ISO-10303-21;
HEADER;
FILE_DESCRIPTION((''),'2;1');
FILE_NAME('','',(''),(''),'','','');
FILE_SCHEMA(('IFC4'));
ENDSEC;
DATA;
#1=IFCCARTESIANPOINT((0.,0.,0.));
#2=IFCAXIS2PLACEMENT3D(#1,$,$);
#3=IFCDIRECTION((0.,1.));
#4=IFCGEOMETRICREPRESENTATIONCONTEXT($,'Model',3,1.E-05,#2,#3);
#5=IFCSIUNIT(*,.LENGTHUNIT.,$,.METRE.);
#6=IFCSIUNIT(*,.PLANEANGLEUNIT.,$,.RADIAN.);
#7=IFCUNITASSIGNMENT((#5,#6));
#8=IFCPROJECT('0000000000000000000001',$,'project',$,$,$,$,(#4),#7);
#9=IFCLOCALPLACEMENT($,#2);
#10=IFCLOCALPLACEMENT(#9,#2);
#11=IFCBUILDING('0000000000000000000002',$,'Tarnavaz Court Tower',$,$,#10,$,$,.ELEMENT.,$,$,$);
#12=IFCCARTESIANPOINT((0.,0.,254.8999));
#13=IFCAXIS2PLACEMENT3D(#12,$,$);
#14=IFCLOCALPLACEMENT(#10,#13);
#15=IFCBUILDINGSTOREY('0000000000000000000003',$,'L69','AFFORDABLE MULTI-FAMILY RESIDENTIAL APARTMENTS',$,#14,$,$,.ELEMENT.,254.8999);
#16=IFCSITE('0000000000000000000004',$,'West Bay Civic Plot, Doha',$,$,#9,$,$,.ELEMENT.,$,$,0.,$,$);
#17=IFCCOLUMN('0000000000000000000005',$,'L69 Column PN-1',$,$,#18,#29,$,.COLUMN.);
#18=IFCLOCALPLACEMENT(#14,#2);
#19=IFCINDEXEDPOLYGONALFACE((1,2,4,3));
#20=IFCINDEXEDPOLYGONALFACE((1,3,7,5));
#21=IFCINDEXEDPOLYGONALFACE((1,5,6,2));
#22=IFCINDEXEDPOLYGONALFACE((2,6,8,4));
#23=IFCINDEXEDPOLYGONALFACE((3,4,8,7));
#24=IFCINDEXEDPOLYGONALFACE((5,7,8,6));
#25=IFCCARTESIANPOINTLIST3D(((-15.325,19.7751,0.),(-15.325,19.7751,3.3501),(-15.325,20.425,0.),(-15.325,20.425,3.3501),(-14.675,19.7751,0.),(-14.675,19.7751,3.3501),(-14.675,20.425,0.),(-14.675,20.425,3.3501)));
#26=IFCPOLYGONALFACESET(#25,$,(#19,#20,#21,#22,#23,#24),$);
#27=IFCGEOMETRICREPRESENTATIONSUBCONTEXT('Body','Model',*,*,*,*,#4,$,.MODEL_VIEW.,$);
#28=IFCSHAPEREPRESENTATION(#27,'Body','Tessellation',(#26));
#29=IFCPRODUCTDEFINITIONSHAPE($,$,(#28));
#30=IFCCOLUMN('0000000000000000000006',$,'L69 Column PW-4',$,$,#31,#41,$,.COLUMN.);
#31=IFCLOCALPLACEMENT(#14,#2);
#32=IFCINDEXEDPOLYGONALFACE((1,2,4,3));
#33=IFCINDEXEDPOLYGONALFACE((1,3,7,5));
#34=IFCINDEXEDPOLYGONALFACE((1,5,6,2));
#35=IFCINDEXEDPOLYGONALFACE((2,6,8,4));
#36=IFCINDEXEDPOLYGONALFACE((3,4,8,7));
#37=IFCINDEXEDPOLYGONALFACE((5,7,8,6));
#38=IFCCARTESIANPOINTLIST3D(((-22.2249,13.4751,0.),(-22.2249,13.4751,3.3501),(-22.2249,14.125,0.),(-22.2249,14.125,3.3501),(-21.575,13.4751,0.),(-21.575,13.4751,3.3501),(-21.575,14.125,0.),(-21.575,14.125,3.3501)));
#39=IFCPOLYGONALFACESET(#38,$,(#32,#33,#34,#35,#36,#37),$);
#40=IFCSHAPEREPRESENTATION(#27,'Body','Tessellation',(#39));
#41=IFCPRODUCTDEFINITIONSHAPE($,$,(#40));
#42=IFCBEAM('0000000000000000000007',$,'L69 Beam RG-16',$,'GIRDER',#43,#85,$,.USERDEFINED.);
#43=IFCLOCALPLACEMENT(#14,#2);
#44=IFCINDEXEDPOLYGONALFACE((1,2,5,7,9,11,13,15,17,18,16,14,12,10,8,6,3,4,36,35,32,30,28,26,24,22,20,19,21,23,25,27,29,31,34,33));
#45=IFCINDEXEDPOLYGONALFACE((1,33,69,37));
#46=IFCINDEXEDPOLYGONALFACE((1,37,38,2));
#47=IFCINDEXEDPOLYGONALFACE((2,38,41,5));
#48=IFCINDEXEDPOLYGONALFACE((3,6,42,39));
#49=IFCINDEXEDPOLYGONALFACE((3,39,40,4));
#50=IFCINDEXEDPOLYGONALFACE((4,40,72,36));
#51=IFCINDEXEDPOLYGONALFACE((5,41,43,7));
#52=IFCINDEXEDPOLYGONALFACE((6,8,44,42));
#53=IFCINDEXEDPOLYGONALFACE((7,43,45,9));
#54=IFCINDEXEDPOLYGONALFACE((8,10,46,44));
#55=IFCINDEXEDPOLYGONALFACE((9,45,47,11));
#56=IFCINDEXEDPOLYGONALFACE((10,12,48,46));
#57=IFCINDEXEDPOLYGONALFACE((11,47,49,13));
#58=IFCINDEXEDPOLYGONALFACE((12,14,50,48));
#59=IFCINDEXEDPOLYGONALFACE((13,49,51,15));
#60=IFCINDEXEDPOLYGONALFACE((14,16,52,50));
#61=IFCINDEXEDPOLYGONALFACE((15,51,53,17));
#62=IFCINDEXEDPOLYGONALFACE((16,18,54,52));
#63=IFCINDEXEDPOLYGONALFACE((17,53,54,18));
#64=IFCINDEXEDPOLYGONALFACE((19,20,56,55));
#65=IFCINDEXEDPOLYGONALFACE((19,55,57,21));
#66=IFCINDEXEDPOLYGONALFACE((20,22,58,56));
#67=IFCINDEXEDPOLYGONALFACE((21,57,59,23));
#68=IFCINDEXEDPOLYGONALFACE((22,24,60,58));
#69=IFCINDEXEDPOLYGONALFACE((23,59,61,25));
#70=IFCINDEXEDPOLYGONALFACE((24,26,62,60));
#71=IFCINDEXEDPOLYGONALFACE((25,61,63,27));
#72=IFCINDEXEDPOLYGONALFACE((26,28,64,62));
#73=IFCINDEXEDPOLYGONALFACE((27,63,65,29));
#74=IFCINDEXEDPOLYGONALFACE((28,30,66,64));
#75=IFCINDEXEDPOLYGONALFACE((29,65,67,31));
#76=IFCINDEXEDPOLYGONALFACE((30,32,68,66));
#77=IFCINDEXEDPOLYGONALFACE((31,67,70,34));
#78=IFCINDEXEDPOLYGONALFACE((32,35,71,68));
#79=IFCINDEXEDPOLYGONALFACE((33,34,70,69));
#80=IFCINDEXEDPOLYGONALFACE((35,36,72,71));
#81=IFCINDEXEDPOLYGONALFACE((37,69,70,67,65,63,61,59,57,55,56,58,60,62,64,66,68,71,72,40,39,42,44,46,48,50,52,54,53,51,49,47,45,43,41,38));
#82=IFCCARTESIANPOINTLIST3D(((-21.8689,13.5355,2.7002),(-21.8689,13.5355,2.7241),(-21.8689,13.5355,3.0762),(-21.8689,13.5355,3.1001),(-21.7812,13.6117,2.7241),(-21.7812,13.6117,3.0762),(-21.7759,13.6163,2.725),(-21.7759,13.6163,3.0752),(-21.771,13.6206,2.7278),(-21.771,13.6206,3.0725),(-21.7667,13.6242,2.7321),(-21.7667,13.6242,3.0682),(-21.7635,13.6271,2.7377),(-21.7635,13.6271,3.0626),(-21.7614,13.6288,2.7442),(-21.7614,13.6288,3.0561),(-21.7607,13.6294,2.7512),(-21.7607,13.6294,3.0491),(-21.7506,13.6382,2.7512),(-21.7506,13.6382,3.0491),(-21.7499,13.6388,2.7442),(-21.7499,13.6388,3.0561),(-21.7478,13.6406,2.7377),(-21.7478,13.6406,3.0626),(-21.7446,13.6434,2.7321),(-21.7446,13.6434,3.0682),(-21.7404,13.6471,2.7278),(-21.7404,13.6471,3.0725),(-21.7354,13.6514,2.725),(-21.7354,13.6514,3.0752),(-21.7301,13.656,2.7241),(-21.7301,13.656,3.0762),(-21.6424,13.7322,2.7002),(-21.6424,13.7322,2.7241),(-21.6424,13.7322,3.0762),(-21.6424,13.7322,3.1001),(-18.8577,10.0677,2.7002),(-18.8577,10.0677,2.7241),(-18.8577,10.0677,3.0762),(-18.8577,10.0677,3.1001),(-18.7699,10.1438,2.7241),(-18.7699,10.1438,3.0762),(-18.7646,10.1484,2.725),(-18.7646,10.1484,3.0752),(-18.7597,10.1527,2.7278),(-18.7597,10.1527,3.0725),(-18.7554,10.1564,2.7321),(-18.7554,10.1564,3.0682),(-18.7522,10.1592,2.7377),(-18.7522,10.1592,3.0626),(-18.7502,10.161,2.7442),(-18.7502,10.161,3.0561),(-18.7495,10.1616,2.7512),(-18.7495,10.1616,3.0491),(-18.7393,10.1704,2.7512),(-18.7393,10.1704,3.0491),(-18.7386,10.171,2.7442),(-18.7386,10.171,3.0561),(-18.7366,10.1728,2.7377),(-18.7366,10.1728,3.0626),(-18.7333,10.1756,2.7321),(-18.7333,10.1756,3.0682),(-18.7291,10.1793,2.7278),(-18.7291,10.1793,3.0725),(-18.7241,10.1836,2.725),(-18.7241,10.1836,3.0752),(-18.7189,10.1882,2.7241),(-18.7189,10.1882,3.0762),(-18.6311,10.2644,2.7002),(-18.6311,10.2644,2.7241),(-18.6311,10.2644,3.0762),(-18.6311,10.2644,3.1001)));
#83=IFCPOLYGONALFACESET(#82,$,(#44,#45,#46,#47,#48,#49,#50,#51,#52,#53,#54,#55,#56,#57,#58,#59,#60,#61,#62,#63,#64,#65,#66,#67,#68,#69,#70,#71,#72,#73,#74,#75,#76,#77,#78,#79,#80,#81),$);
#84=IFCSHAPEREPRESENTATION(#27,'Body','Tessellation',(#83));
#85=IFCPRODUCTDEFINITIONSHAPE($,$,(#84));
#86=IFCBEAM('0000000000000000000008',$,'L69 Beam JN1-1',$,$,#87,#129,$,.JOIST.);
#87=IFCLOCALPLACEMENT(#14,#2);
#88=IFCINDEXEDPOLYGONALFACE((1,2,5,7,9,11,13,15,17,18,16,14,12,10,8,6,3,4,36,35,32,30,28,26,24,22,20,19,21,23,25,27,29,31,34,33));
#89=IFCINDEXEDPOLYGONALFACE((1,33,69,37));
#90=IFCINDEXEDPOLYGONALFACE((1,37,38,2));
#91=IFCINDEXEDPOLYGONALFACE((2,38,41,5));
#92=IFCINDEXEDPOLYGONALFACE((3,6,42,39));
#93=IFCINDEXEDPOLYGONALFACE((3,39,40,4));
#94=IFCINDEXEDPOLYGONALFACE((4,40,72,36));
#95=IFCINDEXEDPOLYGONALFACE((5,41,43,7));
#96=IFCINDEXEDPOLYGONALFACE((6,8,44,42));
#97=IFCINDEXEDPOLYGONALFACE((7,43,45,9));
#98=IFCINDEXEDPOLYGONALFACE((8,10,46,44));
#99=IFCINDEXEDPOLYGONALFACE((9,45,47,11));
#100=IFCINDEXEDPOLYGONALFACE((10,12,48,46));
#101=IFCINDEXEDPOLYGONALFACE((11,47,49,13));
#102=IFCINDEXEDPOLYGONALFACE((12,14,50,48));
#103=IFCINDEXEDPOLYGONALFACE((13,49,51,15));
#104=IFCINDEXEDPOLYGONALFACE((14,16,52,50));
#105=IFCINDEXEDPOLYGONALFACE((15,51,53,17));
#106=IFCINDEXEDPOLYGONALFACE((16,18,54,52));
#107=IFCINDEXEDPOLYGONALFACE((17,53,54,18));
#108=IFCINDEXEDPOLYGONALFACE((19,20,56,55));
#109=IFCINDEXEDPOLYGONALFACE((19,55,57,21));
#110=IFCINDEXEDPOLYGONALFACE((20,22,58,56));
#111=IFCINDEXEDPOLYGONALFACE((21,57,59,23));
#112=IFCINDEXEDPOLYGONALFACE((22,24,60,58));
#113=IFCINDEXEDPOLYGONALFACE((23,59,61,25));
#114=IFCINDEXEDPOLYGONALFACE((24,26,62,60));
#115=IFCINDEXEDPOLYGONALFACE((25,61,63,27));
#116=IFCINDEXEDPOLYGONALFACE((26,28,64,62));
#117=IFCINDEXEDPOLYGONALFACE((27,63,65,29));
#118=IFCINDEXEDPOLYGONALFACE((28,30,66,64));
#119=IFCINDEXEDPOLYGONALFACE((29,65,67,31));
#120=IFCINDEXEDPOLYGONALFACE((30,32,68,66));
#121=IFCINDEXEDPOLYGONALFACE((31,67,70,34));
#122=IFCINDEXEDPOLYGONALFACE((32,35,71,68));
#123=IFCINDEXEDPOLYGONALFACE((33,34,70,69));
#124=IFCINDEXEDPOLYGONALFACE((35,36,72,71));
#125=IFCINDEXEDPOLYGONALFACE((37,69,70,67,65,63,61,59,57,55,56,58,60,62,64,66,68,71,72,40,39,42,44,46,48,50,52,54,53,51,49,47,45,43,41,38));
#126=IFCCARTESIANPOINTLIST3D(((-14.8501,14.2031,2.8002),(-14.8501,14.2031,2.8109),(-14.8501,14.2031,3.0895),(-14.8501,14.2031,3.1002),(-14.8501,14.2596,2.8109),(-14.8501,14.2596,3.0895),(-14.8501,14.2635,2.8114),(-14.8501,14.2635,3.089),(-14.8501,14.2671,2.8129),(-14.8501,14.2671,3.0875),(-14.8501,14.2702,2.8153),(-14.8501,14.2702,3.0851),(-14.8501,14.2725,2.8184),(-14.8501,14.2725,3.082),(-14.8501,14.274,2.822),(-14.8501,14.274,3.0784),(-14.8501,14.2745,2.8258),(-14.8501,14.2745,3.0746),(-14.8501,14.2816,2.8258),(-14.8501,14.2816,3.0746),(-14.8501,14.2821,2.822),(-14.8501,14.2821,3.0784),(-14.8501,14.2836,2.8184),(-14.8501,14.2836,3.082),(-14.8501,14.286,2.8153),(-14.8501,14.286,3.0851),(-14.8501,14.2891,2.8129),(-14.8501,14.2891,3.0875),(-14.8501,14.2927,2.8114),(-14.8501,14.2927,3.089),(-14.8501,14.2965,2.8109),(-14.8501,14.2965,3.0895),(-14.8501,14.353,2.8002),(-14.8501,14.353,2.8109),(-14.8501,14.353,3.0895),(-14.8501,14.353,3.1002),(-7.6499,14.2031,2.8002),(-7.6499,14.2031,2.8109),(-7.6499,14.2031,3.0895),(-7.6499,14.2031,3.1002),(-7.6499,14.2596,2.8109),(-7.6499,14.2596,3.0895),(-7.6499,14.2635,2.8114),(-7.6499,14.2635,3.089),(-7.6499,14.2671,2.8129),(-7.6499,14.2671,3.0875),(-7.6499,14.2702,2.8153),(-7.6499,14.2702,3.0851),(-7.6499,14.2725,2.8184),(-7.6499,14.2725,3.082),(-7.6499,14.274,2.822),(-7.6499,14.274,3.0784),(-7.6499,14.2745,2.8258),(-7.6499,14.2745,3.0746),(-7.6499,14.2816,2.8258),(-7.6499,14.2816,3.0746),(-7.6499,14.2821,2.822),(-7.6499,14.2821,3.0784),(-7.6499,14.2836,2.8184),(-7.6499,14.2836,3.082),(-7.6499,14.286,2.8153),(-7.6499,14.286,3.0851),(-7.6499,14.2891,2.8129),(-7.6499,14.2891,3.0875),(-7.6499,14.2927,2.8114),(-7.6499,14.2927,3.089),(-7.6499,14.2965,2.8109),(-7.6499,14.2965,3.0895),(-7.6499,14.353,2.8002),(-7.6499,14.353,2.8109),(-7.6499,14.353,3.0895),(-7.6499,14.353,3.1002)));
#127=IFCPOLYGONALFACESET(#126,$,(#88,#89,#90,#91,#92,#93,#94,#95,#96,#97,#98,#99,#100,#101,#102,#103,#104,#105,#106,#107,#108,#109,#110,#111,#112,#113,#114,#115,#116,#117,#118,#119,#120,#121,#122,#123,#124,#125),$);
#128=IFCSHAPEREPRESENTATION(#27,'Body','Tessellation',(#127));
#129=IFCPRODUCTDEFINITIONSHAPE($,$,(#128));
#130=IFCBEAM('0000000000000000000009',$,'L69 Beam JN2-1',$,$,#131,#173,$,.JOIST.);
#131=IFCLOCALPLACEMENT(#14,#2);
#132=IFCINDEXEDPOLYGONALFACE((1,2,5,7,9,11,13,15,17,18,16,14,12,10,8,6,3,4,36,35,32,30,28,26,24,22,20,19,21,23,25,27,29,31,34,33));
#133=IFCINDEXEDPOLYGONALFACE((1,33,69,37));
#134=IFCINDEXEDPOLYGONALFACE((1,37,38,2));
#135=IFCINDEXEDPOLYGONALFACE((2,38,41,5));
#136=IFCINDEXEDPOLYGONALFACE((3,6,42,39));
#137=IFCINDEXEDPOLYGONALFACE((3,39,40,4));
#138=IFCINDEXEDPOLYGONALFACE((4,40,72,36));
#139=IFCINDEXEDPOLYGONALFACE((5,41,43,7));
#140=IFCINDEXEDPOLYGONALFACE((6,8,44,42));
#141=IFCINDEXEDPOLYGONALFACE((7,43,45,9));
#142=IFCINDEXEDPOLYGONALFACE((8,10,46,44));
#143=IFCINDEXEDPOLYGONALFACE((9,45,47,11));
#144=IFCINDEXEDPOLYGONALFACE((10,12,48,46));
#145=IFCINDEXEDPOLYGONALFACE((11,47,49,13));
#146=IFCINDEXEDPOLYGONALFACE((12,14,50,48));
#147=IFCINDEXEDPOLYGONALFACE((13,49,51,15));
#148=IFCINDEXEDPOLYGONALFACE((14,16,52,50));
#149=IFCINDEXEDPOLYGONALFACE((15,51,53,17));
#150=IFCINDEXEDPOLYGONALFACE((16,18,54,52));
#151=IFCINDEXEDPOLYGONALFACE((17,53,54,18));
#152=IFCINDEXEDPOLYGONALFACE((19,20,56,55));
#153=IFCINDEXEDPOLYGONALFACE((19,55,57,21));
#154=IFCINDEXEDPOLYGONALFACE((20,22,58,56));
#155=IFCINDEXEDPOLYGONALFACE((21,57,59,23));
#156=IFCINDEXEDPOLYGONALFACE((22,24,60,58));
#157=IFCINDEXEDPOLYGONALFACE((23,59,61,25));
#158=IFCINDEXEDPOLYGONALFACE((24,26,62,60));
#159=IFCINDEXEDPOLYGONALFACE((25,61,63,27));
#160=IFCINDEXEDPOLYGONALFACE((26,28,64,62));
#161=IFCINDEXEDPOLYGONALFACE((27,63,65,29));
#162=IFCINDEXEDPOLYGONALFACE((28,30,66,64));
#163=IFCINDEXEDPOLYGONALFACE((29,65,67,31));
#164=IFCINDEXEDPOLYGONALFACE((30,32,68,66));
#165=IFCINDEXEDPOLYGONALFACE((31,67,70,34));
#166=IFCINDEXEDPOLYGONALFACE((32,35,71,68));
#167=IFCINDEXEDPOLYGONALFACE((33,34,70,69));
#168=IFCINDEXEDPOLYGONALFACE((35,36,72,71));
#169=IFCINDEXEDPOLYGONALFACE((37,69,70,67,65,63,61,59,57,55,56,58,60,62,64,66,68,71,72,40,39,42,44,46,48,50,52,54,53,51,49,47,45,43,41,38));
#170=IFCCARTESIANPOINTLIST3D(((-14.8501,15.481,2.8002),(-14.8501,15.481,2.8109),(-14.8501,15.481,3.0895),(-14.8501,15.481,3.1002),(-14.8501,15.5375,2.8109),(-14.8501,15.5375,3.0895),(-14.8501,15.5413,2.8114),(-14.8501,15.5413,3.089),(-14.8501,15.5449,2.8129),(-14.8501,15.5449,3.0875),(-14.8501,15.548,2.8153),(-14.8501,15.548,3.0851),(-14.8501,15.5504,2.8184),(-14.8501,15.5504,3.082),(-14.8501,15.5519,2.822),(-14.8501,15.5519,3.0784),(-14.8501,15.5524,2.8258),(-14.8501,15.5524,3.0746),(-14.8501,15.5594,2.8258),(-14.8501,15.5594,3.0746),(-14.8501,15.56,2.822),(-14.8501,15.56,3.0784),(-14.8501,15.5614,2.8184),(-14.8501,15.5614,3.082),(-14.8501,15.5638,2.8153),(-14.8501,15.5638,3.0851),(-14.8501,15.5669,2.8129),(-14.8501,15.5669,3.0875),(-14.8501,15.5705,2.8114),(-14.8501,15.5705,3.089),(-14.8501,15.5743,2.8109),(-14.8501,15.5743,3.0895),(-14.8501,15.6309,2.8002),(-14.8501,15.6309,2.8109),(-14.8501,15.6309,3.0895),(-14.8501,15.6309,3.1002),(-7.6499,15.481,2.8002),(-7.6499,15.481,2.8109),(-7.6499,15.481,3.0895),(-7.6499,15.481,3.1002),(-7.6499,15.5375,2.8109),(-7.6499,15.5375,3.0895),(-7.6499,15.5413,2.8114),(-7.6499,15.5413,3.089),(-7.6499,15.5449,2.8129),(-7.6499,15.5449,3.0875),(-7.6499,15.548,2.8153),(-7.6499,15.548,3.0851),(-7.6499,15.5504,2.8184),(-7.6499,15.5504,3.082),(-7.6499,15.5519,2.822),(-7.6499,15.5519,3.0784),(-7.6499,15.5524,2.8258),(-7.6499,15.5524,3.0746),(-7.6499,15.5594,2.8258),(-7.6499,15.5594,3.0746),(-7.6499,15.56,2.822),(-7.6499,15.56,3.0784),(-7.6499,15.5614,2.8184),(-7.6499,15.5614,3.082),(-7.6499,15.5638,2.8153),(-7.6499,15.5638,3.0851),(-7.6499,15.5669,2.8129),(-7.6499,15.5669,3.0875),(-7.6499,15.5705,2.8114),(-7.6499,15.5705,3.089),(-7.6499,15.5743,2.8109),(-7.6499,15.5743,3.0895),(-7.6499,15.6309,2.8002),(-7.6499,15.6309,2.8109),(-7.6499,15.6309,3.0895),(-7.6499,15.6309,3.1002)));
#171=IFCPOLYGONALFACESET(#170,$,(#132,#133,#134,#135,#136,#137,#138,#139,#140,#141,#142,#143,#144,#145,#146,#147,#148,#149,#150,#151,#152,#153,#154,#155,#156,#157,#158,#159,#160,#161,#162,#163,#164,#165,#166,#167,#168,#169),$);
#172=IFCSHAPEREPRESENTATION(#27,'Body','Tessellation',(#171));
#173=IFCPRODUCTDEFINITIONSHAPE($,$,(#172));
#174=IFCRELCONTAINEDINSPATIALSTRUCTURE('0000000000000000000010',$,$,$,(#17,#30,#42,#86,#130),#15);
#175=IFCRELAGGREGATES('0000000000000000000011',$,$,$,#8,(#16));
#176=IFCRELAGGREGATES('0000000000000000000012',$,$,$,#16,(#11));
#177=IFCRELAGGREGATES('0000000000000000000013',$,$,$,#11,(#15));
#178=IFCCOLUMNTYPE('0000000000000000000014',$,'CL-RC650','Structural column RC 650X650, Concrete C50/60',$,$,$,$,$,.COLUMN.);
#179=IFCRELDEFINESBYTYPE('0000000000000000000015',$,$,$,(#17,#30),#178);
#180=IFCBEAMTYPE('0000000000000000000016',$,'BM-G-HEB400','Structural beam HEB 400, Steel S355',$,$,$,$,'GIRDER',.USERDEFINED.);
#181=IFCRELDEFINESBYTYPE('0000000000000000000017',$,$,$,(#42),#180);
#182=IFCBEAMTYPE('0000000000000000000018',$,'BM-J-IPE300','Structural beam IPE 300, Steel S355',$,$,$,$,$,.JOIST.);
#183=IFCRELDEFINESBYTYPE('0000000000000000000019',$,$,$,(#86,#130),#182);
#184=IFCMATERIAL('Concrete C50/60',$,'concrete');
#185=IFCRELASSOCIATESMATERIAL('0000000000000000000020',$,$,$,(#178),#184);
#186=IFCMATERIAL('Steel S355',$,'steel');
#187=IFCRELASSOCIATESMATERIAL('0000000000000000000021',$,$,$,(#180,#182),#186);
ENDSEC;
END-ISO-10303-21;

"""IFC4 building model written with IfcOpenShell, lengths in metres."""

from ifc_helpers import new_model, si_unit, direction, frame, origin, origin_2d, place, context, subcontext, project, spatial, rectangle, i_section, extrude, material, material_profile, profile_set, type_object, element, save


model = new_model("IFC4")

# Units and contexts
model_context = context("Model", 3, precision=1e-05, world=origin(), true_north=direction((0.0, 1.0)))
body_context = subcontext(model_context, "Body", "Model", "MODEL_VIEW")
ifc_project = project(units=[si_unit("LENGTHUNIT", "METRE"), si_unit("PLANEANGLEUNIT", "RADIAN")], contexts=[model_context])

# Site, building, storey
site_placement = place(None, origin())
site = spatial("IfcSite", under=ifc_project, at=site_placement, Name="West Bay Civic Plot, Doha", CompositionType="ELEMENT", RefElevation=0.0)
building_placement = place(site_placement, origin())
building = spatial("IfcBuilding", under=site, at=building_placement, Name="Tarnavaz Court Tower", CompositionType="ELEMENT")
storey_placement = place(building_placement, frame((0.0, 0.0, 254.8999)))
storey = spatial("IfcBuildingStorey", under=building, at=storey_placement, Name="L69", Description="AFFORDABLE MULTI-FAMILY RESIDENTIAL APARTMENTS", CompositionType="ELEMENT", Elevation=254.8999)

# Columns
ifc_material_1 = material(Name="Concrete C50/60", Category="concrete")
ifc_material_profile_1 = material_profile(ifc_material_1, rectangle(XDim=0.6499, YDim=0.6499, at=origin_2d()), Name="RC 650X650")
ifc_profile_set_1 = profile_set([ifc_material_profile_1], Name="Concrete C50/60")
column_type = type_object("IfcColumnType", Name="CL-RC650", Description="Structural column RC 650X650, Concrete C50/60", PredefinedType="COLUMN", material=ifc_profile_set_1)
for number, where, z_axis, x_axis, name in (
    (1, (-15.0, 20.1001, 0.0), (0.0, 0.0, 1.0), (1.0, 0.0, 0.0), "L69 Column PN-1"),
    (2, (-21.8999, 13.8, 0.0), (0.0, 0.0, 1.0), (1.0, 0.0, 0.0), "L69 Column PW-4"),
):
    element("IfcColumn", number, at=place(storey_placement, frame(where, z_axis=z_axis, x_axis=x_axis)), inside=storey, type_object=column_type, Name=name, PredefinedType="COLUMN", context=body_context, shape_type="SweptSolid", body=[
        extrude(rectangle(XDim=0.6499, YDim=0.6499, at=origin_2d()), origin(), (0.0, 0.0, 1.0), 3.3501),
    ])

# Beams
ifc_material_2 = material(Name="Steel S355", Category="steel")
ifc_material_profile_2 = material_profile(ifc_material_2, i_section(OverallWidth=0.3, OverallDepth=0.3999, WebThickness=0.0134, FlangeThickness=0.0239, FilletRadius=0.0271, at=origin_2d()), Name="HEB 400")
ifc_profile_set_2 = profile_set([ifc_material_profile_2], Name="Steel S355")
beam_type_1 = type_object("IfcBeamType", Name="BM-G-HEB400", Description="Structural beam HEB 400, Steel S355", ElementType="GIRDER", PredefinedType="USERDEFINED", material=ifc_profile_set_2)
beam_1_placement = place(storey_placement, frame((-18.7444, 10.166, 2.9001), z_axis=(-0.655655, 0.755061, 0.0), x_axis=(-0.755061, -0.655655, 0.0)))
element("IfcBeam", 3, at=beam_1_placement, inside=storey, type_object=beam_type_1, Name="L69 Beam RG-16", ObjectType="GIRDER", PredefinedType="USERDEFINED", context=body_context, shape_type="SweptSolid", body=[
    extrude(i_section(OverallWidth=0.3, OverallDepth=0.3999, WebThickness=0.0134, FlangeThickness=0.0239, FilletRadius=0.0271, at=origin_2d()), origin(), (0.0, 0.0, 1.0), 4.5928),
])
ifc_material_profile_3 = material_profile(ifc_material_2, i_section(OverallWidth=0.1499, OverallDepth=0.3, WebThickness=0.0071, FlangeThickness=0.0107, FilletRadius=0.0149, at=origin_2d()), Name="IPE 300")
ifc_profile_set_3 = profile_set([ifc_material_profile_3], Name="Steel S355")
beam_type_2 = type_object("IfcBeamType", Name="BM-J-IPE300", Description="Structural beam IPE 300, Steel S355", PredefinedType="JOIST", material=ifc_profile_set_3)
for number, where, z_axis, x_axis, name in (
    (4, (-14.8501, 14.2781, 2.9502), (1.0, 0.0, 0.0), (0.0, 1.0, 0.0), "L69 Beam JN1-1"),
    (5, (-14.8501, 15.5559, 2.9502), (1.0, 0.0, 0.0), (0.0, 1.0, 0.0), "L69 Beam JN2-1"),
):
    element("IfcBeam", number, at=place(storey_placement, frame(where, z_axis=z_axis, x_axis=x_axis)), inside=storey, type_object=beam_type_2, Name=name, PredefinedType="JOIST", context=body_context, shape_type="SweptSolid", body=[
        extrude(i_section(OverallWidth=0.1499, OverallDepth=0.3, WebThickness=0.0071, FlangeThickness=0.0107, FilletRadius=0.0149, at=origin_2d()), origin(), (0.0, 0.0, 1.0), 7.2002),
    ])

save(model, "model.ifc")
